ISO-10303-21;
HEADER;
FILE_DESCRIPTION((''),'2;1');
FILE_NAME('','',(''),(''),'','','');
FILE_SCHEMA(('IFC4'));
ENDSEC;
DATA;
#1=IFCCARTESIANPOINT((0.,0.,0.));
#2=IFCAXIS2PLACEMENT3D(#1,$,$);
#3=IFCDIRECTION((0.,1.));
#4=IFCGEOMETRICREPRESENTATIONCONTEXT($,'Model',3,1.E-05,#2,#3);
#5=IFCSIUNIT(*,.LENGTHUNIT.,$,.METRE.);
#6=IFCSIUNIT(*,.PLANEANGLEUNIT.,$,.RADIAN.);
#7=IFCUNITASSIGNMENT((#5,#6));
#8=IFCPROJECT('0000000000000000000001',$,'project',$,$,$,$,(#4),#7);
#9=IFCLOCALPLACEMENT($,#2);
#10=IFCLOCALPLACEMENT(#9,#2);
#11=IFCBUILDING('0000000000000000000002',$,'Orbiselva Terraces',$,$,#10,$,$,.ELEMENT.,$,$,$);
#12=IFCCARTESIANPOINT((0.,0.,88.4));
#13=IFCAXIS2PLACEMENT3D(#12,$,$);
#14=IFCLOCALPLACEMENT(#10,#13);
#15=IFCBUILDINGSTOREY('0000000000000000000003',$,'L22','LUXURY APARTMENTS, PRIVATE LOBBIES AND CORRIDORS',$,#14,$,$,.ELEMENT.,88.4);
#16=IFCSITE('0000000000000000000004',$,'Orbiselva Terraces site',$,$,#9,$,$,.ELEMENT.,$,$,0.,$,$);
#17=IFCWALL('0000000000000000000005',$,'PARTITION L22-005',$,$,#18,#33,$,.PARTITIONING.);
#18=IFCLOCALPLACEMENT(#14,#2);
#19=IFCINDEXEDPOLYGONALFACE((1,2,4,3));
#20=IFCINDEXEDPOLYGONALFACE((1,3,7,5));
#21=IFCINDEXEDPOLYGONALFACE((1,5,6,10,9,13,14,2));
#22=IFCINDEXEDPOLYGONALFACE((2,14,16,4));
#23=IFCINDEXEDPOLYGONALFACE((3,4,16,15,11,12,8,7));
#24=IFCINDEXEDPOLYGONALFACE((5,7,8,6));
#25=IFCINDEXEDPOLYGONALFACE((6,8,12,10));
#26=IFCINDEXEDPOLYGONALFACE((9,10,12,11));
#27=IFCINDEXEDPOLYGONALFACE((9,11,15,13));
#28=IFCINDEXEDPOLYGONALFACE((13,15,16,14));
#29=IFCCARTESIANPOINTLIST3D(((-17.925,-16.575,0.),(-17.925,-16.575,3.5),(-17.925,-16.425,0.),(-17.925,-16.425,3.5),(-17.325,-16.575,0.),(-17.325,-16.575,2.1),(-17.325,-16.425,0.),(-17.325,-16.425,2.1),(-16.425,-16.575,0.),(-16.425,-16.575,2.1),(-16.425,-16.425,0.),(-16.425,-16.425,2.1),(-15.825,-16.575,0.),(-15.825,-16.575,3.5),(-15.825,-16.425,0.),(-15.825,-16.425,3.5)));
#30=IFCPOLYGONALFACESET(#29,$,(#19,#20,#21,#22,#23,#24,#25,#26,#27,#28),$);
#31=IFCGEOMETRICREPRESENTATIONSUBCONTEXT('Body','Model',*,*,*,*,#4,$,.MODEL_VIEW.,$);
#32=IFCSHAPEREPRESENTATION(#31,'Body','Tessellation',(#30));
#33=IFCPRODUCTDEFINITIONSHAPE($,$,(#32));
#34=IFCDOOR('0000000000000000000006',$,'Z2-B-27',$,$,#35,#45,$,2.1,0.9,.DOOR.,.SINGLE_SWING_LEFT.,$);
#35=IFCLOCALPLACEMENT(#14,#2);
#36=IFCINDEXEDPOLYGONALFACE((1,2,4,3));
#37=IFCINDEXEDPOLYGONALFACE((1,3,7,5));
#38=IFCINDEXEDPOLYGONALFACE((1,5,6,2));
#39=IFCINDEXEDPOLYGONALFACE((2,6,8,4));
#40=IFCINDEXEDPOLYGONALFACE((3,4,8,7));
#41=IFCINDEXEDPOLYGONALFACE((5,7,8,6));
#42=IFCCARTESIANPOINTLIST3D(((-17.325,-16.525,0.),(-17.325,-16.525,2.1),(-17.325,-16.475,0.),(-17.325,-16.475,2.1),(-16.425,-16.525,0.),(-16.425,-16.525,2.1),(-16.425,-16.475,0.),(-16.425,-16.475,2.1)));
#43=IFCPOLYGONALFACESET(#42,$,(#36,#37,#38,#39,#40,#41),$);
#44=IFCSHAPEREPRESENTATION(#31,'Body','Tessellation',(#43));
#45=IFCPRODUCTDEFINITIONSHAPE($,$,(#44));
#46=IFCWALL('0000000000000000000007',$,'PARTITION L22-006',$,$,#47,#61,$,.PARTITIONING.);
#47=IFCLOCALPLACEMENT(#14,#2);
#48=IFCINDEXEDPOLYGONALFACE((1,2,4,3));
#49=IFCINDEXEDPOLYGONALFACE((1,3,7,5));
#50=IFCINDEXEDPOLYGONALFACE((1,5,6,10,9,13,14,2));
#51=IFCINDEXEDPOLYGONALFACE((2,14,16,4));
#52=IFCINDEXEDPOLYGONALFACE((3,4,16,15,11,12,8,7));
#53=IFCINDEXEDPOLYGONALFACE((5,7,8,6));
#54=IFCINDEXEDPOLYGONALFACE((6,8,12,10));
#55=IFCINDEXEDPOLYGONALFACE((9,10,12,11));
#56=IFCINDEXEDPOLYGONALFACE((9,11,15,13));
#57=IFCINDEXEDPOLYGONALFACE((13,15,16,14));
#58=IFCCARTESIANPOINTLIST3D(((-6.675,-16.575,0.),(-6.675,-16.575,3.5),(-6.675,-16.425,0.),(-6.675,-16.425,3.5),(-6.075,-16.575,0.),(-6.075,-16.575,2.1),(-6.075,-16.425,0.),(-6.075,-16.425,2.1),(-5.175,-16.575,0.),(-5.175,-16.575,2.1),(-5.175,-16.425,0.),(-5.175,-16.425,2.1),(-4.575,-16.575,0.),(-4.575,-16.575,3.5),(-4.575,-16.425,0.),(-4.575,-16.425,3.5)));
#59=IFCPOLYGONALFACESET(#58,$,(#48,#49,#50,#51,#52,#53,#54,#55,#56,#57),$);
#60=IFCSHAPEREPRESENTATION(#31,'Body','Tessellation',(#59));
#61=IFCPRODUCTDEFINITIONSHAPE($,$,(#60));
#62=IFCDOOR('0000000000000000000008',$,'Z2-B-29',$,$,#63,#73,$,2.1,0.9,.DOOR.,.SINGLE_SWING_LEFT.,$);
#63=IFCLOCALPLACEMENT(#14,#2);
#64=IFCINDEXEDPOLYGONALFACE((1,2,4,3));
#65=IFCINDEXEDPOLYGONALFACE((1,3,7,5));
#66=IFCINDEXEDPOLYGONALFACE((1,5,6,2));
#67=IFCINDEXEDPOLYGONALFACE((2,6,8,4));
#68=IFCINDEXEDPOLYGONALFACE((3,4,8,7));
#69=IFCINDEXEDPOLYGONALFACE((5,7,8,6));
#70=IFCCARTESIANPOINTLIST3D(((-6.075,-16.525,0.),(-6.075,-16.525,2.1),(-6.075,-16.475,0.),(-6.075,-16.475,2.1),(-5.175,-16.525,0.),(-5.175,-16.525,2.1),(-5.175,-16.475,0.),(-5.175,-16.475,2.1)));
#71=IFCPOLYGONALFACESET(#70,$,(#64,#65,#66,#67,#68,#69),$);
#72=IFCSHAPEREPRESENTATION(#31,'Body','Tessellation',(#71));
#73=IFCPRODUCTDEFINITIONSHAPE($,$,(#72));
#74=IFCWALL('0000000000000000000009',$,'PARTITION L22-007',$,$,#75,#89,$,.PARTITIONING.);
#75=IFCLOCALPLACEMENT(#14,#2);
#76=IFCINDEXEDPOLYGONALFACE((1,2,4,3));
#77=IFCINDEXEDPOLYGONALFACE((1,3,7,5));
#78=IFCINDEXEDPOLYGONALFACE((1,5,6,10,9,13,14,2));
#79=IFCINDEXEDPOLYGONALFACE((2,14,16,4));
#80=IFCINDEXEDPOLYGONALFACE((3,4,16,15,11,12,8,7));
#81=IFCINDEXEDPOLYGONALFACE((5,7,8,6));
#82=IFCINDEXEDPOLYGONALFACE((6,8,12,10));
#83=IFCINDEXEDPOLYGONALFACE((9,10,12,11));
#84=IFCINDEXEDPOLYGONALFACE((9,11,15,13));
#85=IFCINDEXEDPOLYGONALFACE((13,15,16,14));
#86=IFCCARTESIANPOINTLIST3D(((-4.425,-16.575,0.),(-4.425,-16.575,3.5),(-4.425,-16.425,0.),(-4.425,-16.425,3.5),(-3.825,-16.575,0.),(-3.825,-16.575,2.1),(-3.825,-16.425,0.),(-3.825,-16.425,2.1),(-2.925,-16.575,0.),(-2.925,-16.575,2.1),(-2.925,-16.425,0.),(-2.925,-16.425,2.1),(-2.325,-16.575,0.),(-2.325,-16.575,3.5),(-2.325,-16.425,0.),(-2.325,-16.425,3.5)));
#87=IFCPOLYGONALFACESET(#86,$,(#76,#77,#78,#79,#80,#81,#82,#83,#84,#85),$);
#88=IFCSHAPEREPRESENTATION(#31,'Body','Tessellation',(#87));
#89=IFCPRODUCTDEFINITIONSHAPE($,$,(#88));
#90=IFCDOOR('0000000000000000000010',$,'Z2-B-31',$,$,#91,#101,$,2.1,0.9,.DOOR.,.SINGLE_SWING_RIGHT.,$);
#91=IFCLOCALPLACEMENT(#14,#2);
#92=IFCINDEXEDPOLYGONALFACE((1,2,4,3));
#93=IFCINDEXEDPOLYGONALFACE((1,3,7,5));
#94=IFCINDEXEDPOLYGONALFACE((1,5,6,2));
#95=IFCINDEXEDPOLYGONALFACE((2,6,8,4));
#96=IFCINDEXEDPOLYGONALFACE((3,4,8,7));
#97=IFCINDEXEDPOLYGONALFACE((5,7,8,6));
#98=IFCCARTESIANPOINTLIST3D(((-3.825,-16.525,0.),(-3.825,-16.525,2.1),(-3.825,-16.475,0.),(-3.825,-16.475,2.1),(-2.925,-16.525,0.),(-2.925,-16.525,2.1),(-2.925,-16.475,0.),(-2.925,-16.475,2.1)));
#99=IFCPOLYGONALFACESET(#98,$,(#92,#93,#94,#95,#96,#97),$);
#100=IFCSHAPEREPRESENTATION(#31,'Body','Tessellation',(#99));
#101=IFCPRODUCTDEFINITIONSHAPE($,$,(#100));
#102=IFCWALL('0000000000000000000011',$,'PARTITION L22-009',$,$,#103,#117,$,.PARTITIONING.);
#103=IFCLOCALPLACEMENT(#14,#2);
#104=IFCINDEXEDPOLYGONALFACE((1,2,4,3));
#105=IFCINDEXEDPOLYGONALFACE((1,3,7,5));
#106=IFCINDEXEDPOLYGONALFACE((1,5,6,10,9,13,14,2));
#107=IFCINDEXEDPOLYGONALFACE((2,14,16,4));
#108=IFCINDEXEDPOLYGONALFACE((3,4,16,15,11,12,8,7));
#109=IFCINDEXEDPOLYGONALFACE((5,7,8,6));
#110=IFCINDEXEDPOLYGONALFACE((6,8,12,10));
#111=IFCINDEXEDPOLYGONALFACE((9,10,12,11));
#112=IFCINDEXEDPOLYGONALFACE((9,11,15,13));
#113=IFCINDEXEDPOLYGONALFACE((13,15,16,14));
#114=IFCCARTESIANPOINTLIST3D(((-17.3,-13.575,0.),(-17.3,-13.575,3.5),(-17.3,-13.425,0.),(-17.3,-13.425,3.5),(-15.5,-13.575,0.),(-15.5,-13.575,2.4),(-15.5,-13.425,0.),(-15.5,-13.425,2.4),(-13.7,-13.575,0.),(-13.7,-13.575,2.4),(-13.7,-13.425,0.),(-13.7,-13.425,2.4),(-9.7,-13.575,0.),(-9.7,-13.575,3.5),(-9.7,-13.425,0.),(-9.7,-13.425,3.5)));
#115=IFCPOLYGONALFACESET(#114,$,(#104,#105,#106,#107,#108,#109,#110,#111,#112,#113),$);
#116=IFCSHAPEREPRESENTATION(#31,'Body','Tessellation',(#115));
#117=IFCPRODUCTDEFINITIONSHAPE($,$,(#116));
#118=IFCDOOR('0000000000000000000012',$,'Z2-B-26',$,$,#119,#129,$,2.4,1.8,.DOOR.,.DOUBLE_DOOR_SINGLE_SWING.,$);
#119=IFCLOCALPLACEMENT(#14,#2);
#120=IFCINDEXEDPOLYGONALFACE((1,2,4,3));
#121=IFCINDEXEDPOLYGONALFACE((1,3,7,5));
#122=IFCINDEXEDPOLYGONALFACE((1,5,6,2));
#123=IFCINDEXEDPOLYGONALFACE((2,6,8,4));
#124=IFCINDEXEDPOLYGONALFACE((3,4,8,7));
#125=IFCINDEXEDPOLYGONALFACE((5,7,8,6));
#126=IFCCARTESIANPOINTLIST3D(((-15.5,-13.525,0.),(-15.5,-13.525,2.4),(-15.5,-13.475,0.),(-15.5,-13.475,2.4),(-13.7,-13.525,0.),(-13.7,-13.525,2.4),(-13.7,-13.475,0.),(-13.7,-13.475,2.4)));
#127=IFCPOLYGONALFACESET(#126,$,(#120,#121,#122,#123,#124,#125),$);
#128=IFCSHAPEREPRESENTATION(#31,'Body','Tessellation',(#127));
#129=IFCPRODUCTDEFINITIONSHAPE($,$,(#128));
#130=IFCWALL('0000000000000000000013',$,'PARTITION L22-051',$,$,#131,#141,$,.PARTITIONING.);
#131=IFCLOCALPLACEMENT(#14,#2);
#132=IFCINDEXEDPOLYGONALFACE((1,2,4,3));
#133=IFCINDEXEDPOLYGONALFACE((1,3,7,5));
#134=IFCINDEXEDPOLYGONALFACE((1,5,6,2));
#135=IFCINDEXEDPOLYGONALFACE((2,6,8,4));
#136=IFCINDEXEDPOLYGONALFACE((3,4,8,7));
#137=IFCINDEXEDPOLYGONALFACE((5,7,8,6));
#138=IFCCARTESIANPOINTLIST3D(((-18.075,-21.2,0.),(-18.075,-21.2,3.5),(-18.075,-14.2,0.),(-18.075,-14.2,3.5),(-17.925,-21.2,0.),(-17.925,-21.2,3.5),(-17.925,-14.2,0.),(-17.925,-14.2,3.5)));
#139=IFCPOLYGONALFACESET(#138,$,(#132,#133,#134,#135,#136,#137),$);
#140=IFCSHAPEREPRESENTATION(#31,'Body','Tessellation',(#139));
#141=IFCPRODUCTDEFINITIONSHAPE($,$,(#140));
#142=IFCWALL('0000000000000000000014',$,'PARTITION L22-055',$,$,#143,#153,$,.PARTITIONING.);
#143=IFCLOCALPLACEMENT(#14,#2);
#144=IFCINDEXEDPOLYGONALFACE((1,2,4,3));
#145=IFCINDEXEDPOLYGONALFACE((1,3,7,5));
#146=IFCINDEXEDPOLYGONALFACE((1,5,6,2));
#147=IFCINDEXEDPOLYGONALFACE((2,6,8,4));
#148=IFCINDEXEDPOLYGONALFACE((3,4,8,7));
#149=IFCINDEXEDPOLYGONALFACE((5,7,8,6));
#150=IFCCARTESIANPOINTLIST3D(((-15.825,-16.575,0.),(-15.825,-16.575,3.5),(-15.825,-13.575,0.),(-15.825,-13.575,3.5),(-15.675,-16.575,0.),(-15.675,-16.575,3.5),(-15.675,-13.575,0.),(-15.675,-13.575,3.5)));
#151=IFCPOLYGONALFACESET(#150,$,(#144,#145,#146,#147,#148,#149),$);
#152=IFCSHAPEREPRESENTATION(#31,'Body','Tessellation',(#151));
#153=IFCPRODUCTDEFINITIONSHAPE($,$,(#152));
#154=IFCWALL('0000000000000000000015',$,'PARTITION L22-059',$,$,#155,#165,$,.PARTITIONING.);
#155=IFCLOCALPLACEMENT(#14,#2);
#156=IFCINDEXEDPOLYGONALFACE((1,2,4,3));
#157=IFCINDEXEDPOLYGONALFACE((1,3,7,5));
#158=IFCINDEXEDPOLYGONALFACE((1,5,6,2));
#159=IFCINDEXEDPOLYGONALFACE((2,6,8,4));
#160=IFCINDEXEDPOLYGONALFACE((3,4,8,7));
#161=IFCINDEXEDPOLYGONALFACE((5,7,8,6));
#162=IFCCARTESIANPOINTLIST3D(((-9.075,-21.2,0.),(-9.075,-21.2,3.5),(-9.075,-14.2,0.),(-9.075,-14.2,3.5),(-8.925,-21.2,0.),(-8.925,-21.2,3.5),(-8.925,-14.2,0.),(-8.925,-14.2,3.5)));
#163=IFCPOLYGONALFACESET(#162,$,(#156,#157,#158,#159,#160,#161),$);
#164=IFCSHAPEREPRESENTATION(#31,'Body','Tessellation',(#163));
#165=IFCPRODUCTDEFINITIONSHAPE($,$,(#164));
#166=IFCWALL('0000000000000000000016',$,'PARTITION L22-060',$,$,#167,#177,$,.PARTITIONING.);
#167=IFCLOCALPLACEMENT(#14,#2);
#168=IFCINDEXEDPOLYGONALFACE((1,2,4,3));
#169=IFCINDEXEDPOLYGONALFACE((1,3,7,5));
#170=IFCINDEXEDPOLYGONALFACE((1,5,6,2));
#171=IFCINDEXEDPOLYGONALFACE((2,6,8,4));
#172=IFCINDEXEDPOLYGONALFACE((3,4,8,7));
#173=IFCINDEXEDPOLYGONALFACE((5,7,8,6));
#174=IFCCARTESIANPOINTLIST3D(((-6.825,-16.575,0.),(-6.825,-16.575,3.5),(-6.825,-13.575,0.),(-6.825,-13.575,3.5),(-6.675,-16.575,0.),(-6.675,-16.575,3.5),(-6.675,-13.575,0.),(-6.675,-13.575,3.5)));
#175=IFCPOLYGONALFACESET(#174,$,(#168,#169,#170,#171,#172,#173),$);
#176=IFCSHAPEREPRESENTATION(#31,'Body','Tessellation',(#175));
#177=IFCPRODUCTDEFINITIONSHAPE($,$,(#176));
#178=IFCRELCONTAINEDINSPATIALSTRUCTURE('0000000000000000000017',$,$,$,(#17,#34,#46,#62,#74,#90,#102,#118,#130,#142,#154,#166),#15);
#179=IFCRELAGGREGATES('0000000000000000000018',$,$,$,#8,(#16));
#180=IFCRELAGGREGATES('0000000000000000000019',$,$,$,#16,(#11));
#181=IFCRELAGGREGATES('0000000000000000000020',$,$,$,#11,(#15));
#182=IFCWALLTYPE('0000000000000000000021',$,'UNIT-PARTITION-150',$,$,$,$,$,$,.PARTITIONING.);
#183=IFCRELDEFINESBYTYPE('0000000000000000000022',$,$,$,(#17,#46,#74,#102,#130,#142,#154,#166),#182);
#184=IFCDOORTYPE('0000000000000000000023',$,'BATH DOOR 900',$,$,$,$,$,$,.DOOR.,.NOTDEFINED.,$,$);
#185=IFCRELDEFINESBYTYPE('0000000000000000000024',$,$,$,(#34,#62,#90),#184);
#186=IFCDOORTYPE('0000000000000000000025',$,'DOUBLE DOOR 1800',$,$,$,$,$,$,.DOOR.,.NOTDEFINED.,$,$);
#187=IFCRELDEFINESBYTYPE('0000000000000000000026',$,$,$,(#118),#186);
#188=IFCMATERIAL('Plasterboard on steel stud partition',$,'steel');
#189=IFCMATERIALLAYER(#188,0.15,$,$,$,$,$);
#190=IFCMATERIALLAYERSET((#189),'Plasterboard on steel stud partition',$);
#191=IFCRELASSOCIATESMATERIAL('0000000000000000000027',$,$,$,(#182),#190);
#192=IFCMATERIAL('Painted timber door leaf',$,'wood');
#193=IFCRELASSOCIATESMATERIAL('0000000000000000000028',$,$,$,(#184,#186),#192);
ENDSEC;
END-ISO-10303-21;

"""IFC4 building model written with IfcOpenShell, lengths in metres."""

from ifc_helpers import new_model, si_unit, direction, frame, frame_2d, origin, place, context, subcontext, project, spatial, rectangle, extrude, material, layer, layer_set, type_object, element, fill, save


model = new_model("IFC4")

# Units and contexts
model_context = context("Model", 3, precision=1e-05, world=origin(), true_north=direction((0.0, 1.0)))
body_context = subcontext(model_context, "Body", "Model", "MODEL_VIEW")
ifc_project = project(units=[si_unit("LENGTHUNIT", "METRE"), si_unit("PLANEANGLEUNIT", "RADIAN")], contexts=[model_context])

# Site, building, storey
site_placement = place(None, origin())
site = spatial("IfcSite", under=ifc_project, at=site_placement, Name="Orbiselva Terraces site", CompositionType="ELEMENT", RefElevation=0.0)
building_placement = place(site_placement, origin())
building = spatial("IfcBuilding", under=site, at=building_placement, Name="Orbiselva Terraces", CompositionType="ELEMENT")
storey_placement = place(building_placement, frame((0.0, 0.0, 88.4)))
storey = spatial("IfcBuildingStorey", under=building, at=storey_placement, Name="L22", Description="LUXURY APARTMENTS, PRIVATE LOBBIES AND CORRIDORS", CompositionType="ELEMENT", Elevation=88.4)

# Walls, openings, doors
ifc_material_1 = material(Name="Plasterboard on steel stud partition", Category="steel")
ifc_layer_1 = layer(ifc_material_1, 0.15)
ifc_layer_set_1 = layer_set([ifc_layer_1], Name="Plasterboard on steel stud partition")
wall_type_1 = type_object("IfcWallType", Name="UNIT-PARTITION-150", PredefinedType="PARTITIONING", material=ifc_layer_set_1)
wall_1_placement = place(storey_placement, frame((-17.925, -16.5, 0.0), z_axis=(0.0, 0.0, 1.0), x_axis=(1.0, 0.0, 0.0)))
wall_1 = element("IfcWall", 1, at=wall_1_placement, inside=storey, type_object=wall_type_1, Name="PARTITION L22-005", PredefinedType="PARTITIONING", context=body_context, shape_type="SweptSolid", body=[
    extrude(rectangle(XDim=2.1, YDim=0.15, at=frame_2d((1.05, 0.0))), origin(), (0.0, 0.0, 1.0), 3.5),
])
opening_1_placement = place(wall_1_placement, frame((0.6, 0.0, 0.0)))
opening_1 = element("IfcOpeningElement", 2, at=opening_1_placement, cuts=wall_1, PredefinedType="OPENING", context=body_context, shape_type="SweptSolid", body=[
    extrude(rectangle(XDim=0.9, YDim=2.1, at=frame_2d((0.45, 1.05))), frame((0.0, 0.085, 0.0), z_axis=(0.0, -1.0, 0.0), x_axis=(1.0, 0.0, 0.0)), (0.0, 0.0, 1.0), 0.17),
])
ifc_material_2 = material(Name="Painted timber door leaf", Category="wood")
door_type_1 = type_object("IfcDoorType", Name="BATH DOOR 900", OperationType="NOTDEFINED", PredefinedType="DOOR", material=ifc_material_2)
door_1_placement = place(opening_1_placement, origin())
door_1 = element("IfcDoor", 3, at=door_1_placement, inside=storey, type_object=door_type_1, Name="Z2-B-27", OperationType="SINGLE_SWING_LEFT", OverallHeight=2.1, OverallWidth=0.9, PredefinedType="DOOR", context=body_context, shape_type="SweptSolid", body=[
    extrude(rectangle(XDim=0.9, YDim=2.1, at=frame_2d((0.45, 1.05))), frame((0.0, 0.025, 0.0), z_axis=(0.0, -1.0, 0.0), x_axis=(1.0, 0.0, 0.0)), (0.0, 0.0, 1.0), 0.05),
])
fill(opening_1, door_1)
wall_2_placement = place(storey_placement, frame((-6.675, -16.5, 0.0), z_axis=(0.0, 0.0, 1.0), x_axis=(1.0, 0.0, 0.0)))
wall_2 = element("IfcWall", 4, at=wall_2_placement, inside=storey, type_object=wall_type_1, Name="PARTITION L22-006", PredefinedType="PARTITIONING", context=body_context, shape_type="SweptSolid", body=[
    extrude(rectangle(XDim=2.1, YDim=0.15, at=frame_2d((1.05, 0.0))), origin(), (0.0, 0.0, 1.0), 3.5),
])
opening_2_placement = place(wall_2_placement, frame((0.6, 0.0, 0.0)))
opening_2 = element("IfcOpeningElement", 5, at=opening_2_placement, cuts=wall_2, PredefinedType="OPENING", context=body_context, shape_type="SweptSolid", body=[
    extrude(rectangle(XDim=0.9, YDim=2.1, at=frame_2d((0.45, 1.05))), frame((0.0, 0.085, 0.0), z_axis=(0.0, -1.0, 0.0), x_axis=(1.0, 0.0, 0.0)), (0.0, 0.0, 1.0), 0.17),
])
door_2_placement = place(opening_2_placement, origin())
door_2 = element("IfcDoor", 6, at=door_2_placement, inside=storey, type_object=door_type_1, Name="Z2-B-29", OperationType="SINGLE_SWING_LEFT", OverallHeight=2.1, OverallWidth=0.9, PredefinedType="DOOR", context=body_context, shape_type="SweptSolid", body=[
    extrude(rectangle(XDim=0.9, YDim=2.1, at=frame_2d((0.45, 1.05))), frame((0.0, 0.025, 0.0), z_axis=(0.0, -1.0, 0.0), x_axis=(1.0, 0.0, 0.0)), (0.0, 0.0, 1.0), 0.05),
])
fill(opening_2, door_2)
wall_3_placement = place(storey_placement, frame((-4.425, -16.5, 0.0), z_axis=(0.0, 0.0, 1.0), x_axis=(1.0, 0.0, 0.0)))
wall_3 = element("IfcWall", 7, at=wall_3_placement, inside=storey, type_object=wall_type_1, Name="PARTITION L22-007", PredefinedType="PARTITIONING", context=body_context, shape_type="SweptSolid", body=[
    extrude(rectangle(XDim=2.1, YDim=0.15, at=frame_2d((1.05, 0.0))), origin(), (0.0, 0.0, 1.0), 3.5),
])
opening_3_placement = place(wall_3_placement, frame((0.6, 0.0, 0.0)))
opening_3 = element("IfcOpeningElement", 8, at=opening_3_placement, cuts=wall_3, PredefinedType="OPENING", context=body_context, shape_type="SweptSolid", body=[
    extrude(rectangle(XDim=0.9, YDim=2.1, at=frame_2d((0.45, 1.05))), frame((0.0, 0.085, 0.0), z_axis=(0.0, -1.0, 0.0), x_axis=(1.0, 0.0, 0.0)), (0.0, 0.0, 1.0), 0.17),
])
door_3_placement = place(opening_3_placement, origin())
door_3 = element("IfcDoor", 9, at=door_3_placement, inside=storey, type_object=door_type_1, Name="Z2-B-31", OperationType="SINGLE_SWING_RIGHT", OverallHeight=2.1, OverallWidth=0.9, PredefinedType="DOOR", context=body_context, shape_type="SweptSolid", body=[
    extrude(rectangle(XDim=0.9, YDim=2.1, at=frame_2d((0.45, 1.05))), frame((0.0, 0.025, 0.0), z_axis=(0.0, -1.0, 0.0), x_axis=(1.0, 0.0, 0.0)), (0.0, 0.0, 1.0), 0.05),
])
fill(opening_3, door_3)
wall_4_placement = place(storey_placement, frame((-9.7, -13.5, 0.0), z_axis=(0.0, 0.0, 1.0), x_axis=(-1.0, 0.0, 0.0)))
wall_4 = element("IfcWall", 10, at=wall_4_placement, inside=storey, type_object=wall_type_1, Name="PARTITION L22-009", PredefinedType="PARTITIONING", context=body_context, shape_type="SweptSolid", body=[
    extrude(rectangle(XDim=7.6, YDim=0.15, at=frame_2d((3.8, 0.0))), origin(), (0.0, 0.0, 1.0), 3.5),
])
opening_4_placement = place(wall_4_placement, frame((4.0, 0.0, 0.0)))
opening_4 = element("IfcOpeningElement", 11, at=opening_4_placement, cuts=wall_4, PredefinedType="OPENING", context=body_context, shape_type="SweptSolid", body=[
    extrude(rectangle(XDim=1.8, YDim=2.4, at=frame_2d((0.9, 1.2))), frame((0.0, 0.085, 0.0), z_axis=(0.0, -1.0, 0.0), x_axis=(1.0, 0.0, 0.0)), (0.0, 0.0, 1.0), 0.17),
])
door_type_2 = type_object("IfcDoorType", Name="DOUBLE DOOR 1800", OperationType="NOTDEFINED", PredefinedType="DOOR", material=ifc_material_2)
door_4_placement = place(opening_4_placement, origin())
door_4 = element("IfcDoor", 12, at=door_4_placement, inside=storey, type_object=door_type_2, Name="Z2-B-26", OperationType="DOUBLE_DOOR_SINGLE_SWING", OverallHeight=2.4, OverallWidth=1.8, PredefinedType="DOOR", context=body_context, shape_type="SweptSolid", body=[
    extrude(rectangle(XDim=1.8, YDim=2.4, at=frame_2d((0.9, 1.2))), frame((0.0, 0.025, 0.0), z_axis=(0.0, -1.0, 0.0), x_axis=(1.0, 0.0, 0.0)), (0.0, 0.0, 1.0), 0.05),
])
fill(opening_4, door_4)

# Walls
wall_5_placement = place(storey_placement, frame((-18.0, -21.2, 0.0), z_axis=(0.0, 0.0, 1.0), x_axis=(0.0, 1.0, 0.0)))
element("IfcWall", 13, at=wall_5_placement, inside=storey, type_object=wall_type_1, Name="PARTITION L22-051", PredefinedType="PARTITIONING", context=body_context, shape_type="SweptSolid", body=[
    extrude(rectangle(XDim=7.0, YDim=0.15, at=frame_2d((3.5, 0.0))), origin(), (0.0, 0.0, 1.0), 3.5),
])
wall_6_placement = place(storey_placement, frame((-15.75, -16.575, 0.0), z_axis=(0.0, 0.0, 1.0), x_axis=(0.0, 1.0, 0.0)))
element("IfcWall", 14, at=wall_6_placement, inside=storey, type_object=wall_type_1, Name="PARTITION L22-055", PredefinedType="PARTITIONING", context=body_context, shape_type="SweptSolid", body=[
    extrude(rectangle(XDim=3.0, YDim=0.15, at=frame_2d((1.5, 0.0))), origin(), (0.0, 0.0, 1.0), 3.5),
])
wall_7_placement = place(storey_placement, frame((-9.0, -21.2, 0.0), z_axis=(0.0, 0.0, 1.0), x_axis=(0.0, 1.0, 0.0)))
element("IfcWall", 15, at=wall_7_placement, inside=storey, type_object=wall_type_1, Name="PARTITION L22-059", PredefinedType="PARTITIONING", context=body_context, shape_type="SweptSolid", body=[
    extrude(rectangle(XDim=7.0, YDim=0.15, at=frame_2d((3.5, 0.0))), origin(), (0.0, 0.0, 1.0), 3.5),
])
wall_8_placement = place(storey_placement, frame((-6.75, -16.575, 0.0), z_axis=(0.0, 0.0, 1.0), x_axis=(0.0, 1.0, 0.0)))
element("IfcWall", 16, at=wall_8_placement, inside=storey, type_object=wall_type_1, Name="PARTITION L22-060", PredefinedType="PARTITIONING", context=body_context, shape_type="SweptSolid", body=[
    extrude(rectangle(XDim=3.0, YDim=0.15, at=frame_2d((1.5, 0.0))), origin(), (0.0, 0.0, 1.0), 3.5),
])

save(model, "model.ifc")
